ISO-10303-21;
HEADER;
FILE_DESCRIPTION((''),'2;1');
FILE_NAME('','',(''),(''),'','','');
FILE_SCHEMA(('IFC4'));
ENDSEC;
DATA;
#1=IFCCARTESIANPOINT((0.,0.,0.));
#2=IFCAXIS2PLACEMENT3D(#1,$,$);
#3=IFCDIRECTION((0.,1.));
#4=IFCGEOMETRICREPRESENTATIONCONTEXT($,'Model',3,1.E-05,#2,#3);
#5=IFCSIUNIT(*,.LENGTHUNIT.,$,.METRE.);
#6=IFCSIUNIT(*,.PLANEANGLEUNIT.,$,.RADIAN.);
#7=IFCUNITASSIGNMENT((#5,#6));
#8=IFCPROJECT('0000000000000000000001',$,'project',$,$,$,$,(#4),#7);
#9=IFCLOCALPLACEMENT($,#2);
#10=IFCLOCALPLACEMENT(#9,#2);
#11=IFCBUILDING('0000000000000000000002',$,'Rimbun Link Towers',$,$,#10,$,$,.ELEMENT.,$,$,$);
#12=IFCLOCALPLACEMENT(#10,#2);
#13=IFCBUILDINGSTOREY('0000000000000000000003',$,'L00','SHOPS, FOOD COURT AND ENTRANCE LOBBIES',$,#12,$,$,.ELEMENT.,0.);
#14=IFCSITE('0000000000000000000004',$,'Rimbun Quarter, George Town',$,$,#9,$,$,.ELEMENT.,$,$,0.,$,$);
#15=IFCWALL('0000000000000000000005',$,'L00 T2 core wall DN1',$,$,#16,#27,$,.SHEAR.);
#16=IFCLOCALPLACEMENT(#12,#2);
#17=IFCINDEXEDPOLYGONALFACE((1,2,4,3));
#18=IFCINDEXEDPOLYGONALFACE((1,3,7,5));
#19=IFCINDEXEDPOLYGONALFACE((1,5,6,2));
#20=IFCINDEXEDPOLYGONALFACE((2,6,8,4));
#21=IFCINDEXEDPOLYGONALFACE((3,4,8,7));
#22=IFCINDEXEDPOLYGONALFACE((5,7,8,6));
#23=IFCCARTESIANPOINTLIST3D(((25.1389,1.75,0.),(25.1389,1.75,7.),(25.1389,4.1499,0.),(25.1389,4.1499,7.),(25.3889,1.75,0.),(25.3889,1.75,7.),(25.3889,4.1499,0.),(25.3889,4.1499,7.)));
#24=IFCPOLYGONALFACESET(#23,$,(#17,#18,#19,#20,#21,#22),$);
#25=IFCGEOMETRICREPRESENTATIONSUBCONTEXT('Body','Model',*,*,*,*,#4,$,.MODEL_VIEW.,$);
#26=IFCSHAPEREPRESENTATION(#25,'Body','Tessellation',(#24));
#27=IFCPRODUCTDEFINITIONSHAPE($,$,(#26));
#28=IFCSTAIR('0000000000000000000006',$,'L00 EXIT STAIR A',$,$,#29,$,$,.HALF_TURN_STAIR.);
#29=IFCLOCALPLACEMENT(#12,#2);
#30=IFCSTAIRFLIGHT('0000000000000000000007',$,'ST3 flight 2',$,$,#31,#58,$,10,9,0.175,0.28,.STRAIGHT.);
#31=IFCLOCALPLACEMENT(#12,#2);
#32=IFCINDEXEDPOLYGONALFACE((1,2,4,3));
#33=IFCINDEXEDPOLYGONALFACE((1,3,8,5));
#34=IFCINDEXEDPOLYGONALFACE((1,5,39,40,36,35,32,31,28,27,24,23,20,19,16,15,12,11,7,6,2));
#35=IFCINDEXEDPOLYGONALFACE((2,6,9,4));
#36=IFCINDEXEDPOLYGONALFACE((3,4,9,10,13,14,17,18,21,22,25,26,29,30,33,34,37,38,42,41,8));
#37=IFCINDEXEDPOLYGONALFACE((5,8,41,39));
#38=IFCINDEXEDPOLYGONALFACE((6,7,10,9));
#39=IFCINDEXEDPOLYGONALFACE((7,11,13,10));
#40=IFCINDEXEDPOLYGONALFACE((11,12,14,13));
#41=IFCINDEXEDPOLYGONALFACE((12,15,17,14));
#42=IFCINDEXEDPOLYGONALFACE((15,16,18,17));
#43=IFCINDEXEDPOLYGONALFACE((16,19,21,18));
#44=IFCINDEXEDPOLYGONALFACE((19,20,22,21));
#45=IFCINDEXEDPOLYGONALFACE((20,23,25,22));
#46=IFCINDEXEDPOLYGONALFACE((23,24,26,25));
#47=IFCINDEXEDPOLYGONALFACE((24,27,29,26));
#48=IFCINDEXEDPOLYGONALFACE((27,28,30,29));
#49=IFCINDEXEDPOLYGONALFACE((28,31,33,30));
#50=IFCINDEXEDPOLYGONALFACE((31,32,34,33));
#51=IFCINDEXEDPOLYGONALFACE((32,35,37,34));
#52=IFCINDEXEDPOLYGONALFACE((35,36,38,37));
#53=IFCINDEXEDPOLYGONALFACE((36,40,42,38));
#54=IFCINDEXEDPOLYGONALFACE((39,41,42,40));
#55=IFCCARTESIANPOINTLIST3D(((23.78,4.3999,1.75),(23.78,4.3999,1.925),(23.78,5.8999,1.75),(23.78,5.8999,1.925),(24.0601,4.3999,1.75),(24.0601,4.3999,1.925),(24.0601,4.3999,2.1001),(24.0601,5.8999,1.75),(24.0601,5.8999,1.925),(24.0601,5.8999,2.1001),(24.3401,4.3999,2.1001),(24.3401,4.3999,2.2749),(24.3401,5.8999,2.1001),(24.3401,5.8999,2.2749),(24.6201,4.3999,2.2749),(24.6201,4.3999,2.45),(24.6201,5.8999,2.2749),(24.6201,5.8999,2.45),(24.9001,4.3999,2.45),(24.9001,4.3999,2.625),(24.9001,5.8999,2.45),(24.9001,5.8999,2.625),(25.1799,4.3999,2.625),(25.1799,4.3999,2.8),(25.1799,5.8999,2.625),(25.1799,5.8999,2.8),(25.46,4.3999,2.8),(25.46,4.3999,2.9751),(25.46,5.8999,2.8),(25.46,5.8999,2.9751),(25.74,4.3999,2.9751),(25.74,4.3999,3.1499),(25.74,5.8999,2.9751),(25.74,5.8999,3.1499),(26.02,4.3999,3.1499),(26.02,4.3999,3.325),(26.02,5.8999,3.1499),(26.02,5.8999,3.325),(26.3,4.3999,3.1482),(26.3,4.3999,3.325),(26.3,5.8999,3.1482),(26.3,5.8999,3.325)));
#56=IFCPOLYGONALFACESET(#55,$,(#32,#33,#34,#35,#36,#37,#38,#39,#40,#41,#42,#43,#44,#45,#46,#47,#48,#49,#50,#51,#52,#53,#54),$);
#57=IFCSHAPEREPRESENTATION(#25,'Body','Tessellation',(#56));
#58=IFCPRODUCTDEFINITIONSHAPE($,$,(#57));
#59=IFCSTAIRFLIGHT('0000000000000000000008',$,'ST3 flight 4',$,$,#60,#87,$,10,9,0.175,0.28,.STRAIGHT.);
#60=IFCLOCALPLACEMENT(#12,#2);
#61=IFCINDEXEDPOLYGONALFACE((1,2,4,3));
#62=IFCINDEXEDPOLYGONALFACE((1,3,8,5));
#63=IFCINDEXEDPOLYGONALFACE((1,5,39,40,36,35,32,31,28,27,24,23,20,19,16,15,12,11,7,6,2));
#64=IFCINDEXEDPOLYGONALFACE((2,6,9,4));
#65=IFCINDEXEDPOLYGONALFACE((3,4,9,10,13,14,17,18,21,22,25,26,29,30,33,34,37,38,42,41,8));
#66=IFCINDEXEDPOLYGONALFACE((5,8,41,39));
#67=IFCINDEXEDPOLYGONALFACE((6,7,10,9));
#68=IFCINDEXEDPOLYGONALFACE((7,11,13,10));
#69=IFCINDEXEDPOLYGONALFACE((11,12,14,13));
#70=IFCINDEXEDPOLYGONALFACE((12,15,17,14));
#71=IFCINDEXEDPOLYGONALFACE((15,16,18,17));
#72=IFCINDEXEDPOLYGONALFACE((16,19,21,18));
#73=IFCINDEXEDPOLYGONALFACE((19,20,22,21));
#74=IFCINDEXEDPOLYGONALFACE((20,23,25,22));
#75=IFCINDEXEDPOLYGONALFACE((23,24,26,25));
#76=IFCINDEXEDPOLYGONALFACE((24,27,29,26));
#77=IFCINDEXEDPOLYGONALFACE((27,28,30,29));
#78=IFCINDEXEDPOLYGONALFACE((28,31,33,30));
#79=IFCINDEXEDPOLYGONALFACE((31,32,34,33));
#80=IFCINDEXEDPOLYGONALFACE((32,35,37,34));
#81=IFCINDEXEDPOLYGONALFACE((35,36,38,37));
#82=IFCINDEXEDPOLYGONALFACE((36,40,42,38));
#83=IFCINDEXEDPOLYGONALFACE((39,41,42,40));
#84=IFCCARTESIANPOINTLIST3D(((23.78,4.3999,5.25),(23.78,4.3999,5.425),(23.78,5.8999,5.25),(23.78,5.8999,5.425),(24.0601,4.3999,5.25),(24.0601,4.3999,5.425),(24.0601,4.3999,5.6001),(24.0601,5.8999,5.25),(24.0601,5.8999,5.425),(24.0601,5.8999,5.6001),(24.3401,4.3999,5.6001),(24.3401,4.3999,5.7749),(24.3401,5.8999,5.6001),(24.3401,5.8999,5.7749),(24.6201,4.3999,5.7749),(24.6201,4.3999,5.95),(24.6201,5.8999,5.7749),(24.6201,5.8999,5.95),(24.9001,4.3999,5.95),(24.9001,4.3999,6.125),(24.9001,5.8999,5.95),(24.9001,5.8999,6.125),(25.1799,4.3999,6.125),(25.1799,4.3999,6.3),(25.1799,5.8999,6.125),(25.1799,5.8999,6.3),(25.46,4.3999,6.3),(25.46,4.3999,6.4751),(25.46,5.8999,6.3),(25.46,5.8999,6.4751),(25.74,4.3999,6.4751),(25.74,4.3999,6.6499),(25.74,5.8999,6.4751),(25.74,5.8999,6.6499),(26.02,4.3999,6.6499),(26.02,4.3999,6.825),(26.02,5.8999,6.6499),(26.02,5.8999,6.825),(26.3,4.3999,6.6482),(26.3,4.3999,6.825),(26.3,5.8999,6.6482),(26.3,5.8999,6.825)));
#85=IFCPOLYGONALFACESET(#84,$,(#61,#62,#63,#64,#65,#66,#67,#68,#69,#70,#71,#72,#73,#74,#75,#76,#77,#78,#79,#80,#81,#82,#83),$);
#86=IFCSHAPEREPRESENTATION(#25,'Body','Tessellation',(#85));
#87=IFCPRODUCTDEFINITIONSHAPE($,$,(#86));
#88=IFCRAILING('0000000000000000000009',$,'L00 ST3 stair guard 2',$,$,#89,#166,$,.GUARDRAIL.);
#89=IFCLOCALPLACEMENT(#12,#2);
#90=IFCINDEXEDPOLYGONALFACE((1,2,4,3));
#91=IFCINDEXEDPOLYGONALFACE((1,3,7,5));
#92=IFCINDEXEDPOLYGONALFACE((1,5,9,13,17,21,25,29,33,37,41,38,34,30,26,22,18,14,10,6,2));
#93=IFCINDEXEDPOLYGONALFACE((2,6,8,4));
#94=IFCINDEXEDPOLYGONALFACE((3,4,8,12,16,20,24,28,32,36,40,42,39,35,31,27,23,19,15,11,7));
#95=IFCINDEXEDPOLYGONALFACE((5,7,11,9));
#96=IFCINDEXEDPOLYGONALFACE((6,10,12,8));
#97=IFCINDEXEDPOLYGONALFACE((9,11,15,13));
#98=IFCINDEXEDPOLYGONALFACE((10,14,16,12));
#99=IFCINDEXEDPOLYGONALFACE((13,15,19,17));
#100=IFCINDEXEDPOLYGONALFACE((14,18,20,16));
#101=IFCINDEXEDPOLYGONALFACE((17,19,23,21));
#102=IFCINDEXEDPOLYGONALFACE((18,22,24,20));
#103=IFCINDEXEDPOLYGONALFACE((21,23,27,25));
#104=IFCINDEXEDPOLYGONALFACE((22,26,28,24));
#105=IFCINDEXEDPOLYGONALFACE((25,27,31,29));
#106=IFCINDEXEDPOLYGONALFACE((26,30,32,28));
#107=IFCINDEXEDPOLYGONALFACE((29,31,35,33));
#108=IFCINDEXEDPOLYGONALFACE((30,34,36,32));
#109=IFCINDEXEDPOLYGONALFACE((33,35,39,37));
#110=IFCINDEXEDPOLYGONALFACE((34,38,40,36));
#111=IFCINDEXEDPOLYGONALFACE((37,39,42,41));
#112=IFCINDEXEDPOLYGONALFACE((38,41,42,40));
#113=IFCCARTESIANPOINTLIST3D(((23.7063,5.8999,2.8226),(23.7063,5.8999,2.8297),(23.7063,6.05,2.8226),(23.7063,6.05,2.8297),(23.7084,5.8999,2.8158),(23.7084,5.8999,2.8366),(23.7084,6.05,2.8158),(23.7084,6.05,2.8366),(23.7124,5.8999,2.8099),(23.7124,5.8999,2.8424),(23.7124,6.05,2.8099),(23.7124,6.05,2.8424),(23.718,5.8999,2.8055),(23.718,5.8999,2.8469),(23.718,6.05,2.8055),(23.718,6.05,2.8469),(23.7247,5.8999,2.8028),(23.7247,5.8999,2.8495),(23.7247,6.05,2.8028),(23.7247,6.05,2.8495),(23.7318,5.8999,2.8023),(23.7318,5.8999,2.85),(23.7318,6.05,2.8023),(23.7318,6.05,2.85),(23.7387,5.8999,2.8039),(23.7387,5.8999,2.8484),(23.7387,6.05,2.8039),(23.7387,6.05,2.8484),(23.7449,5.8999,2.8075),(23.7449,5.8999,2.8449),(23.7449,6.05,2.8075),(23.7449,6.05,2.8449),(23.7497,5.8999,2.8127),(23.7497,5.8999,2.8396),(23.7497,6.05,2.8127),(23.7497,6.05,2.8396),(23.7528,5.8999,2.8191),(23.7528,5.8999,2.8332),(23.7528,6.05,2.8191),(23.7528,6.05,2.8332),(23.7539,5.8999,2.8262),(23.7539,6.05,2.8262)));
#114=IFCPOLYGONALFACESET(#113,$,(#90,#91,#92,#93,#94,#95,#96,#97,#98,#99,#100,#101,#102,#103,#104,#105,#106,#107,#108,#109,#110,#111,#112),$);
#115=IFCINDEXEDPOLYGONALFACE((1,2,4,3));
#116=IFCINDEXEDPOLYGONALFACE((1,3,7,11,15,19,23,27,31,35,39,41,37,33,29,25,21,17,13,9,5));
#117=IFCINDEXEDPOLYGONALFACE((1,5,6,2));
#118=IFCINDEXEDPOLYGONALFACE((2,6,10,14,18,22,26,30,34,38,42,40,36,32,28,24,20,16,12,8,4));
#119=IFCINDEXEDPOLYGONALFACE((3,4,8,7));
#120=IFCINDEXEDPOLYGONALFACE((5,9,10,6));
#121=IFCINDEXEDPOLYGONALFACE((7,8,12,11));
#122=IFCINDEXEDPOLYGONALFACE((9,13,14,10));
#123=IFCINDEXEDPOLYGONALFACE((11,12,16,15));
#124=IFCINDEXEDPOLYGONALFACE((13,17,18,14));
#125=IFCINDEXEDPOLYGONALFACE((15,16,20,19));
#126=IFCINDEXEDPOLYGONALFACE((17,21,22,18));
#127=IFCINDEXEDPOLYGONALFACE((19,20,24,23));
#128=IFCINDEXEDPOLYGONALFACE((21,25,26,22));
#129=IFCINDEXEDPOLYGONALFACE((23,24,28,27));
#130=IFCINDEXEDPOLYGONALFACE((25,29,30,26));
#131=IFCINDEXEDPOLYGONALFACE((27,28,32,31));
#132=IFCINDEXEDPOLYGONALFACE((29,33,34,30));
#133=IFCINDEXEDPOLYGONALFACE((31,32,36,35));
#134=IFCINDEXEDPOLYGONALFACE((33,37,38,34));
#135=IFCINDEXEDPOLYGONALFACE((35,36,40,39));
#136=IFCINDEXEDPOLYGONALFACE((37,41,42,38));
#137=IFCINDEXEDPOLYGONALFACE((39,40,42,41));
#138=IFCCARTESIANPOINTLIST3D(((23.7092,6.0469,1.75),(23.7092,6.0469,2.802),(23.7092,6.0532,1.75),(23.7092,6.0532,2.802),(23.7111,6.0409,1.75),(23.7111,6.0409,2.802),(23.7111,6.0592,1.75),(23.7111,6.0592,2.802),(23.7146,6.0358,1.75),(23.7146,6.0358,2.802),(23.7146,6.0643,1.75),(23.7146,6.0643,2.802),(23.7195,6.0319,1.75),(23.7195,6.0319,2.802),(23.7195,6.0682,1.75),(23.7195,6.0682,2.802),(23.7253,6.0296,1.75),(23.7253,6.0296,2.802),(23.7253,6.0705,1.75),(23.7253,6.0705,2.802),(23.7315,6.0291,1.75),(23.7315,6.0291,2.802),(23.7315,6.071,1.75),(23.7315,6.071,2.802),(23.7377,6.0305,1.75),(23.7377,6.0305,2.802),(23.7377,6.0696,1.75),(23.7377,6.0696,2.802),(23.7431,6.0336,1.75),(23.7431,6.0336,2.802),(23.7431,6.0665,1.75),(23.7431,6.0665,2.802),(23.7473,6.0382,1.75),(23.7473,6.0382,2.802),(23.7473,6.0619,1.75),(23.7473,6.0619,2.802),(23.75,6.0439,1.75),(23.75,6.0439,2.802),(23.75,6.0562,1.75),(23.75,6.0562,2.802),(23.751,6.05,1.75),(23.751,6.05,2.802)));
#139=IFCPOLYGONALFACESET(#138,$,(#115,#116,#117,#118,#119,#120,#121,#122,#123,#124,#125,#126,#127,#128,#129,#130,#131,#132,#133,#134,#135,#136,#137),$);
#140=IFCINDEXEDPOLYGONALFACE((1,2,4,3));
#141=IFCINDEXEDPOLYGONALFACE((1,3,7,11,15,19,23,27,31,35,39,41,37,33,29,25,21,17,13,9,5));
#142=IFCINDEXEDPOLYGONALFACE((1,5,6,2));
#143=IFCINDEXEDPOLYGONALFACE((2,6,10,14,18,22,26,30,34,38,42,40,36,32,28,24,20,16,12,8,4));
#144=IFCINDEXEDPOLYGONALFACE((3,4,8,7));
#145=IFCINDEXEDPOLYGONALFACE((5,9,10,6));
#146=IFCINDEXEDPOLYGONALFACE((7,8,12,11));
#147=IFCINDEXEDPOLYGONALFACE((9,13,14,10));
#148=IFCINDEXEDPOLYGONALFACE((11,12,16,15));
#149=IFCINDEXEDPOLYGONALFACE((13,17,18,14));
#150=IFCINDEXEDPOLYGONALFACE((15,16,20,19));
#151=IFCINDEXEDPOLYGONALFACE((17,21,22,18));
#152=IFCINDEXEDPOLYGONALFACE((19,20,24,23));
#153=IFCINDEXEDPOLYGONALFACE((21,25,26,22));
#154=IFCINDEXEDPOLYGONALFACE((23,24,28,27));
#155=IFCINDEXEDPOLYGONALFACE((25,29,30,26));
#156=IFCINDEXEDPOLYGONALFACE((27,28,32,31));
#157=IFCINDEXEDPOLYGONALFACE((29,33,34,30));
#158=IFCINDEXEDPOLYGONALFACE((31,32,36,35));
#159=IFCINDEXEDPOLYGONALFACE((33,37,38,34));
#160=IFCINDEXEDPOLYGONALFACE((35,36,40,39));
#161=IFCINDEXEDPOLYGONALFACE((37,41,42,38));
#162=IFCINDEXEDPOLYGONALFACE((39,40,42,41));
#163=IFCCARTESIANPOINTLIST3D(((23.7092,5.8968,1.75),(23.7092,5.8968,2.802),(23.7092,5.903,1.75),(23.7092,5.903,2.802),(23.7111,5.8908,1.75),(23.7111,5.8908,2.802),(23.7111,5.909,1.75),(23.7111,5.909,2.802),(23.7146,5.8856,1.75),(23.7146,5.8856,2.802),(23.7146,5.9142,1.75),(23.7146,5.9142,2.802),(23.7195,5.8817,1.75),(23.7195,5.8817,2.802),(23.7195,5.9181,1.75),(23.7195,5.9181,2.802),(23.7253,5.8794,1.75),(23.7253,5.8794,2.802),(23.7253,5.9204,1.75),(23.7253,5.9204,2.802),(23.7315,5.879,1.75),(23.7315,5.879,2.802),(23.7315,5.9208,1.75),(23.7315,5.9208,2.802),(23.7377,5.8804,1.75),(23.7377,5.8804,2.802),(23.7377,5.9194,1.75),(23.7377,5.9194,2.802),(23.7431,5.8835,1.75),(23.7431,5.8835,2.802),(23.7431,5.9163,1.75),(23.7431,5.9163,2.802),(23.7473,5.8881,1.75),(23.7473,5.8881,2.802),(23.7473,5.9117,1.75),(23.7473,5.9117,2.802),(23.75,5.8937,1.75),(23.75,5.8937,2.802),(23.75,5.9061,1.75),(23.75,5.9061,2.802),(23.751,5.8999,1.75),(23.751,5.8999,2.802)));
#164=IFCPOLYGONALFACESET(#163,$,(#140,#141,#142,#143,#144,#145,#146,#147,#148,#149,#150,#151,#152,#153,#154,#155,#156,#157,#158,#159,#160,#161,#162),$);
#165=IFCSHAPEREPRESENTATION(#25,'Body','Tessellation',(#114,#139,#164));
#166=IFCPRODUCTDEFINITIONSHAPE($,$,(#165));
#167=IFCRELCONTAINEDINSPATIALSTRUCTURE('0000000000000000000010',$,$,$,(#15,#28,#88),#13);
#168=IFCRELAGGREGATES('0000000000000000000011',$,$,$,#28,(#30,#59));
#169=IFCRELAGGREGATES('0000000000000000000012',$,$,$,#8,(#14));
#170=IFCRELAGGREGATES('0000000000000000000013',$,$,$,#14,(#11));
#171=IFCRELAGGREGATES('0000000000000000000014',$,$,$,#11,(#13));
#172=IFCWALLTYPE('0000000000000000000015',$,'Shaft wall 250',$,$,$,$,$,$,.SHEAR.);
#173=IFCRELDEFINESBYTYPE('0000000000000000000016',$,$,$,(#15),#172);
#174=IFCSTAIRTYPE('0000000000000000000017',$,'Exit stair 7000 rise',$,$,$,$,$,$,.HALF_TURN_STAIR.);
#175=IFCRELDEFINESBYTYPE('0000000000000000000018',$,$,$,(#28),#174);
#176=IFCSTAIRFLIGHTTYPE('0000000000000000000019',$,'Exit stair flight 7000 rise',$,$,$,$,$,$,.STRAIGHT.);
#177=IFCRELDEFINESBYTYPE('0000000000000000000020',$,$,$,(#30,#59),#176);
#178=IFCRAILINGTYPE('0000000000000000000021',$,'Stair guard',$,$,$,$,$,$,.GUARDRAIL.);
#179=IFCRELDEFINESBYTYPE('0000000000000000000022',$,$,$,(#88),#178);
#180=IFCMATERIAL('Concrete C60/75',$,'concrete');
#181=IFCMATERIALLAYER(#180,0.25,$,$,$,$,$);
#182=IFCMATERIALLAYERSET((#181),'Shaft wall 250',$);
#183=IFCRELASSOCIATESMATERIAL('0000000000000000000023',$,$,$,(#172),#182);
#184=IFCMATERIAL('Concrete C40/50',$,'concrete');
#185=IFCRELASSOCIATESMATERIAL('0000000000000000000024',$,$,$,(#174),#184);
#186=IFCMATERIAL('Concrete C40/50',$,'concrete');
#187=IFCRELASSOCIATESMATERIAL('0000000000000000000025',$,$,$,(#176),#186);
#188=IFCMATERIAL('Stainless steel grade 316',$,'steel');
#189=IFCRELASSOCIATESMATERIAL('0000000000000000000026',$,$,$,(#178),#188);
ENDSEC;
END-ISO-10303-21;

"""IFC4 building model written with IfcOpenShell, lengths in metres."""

from ifc_helpers import new_model, si_unit, direction, frame, frame_2d, origin, origin_2d, place, context, subcontext, project, spatial, polyline, rectangle, circle, outline, extrude, material, layer, layer_set, type_object, element, aggregate, save


model = new_model("IFC4")

# Units and contexts
model_context = context("Model", 3, precision=1e-05, world=origin(), true_north=direction((0.0, 1.0)))
body_context = subcontext(model_context, "Body", "Model", "MODEL_VIEW")
ifc_project = project(units=[si_unit("LENGTHUNIT", "METRE"), si_unit("PLANEANGLEUNIT", "RADIAN")], contexts=[model_context])

# Site, building, storey
site_placement = place(None, origin())
site = spatial("IfcSite", under=ifc_project, at=site_placement, Name="Rimbun Quarter, George Town", CompositionType="ELEMENT", RefElevation=0.0)
building_placement = place(site_placement, origin())
building = spatial("IfcBuilding", under=site, at=building_placement, Name="Rimbun Link Towers", CompositionType="ELEMENT")
storey_placement = place(building_placement, origin())
storey = spatial("IfcBuildingStorey", under=building, at=storey_placement, Name="L00", Description="SHOPS, FOOD COURT AND ENTRANCE LOBBIES", CompositionType="ELEMENT", Elevation=0.0)

# Wall
ifc_material_1 = material(Name="Concrete C60/75", Category="concrete")
ifc_layer = layer(ifc_material_1, 0.25)
ifc_layer_set = layer_set([ifc_layer], Name="Shaft wall 250")
wall_type = type_object("IfcWallType", Name="Shaft wall 250", PredefinedType="SHEAR", material=ifc_layer_set)
wall_placement = place(storey_placement, frame((25.2639, 1.75, 0.0), z_axis=(0.0, 0.0, 1.0), x_axis=(0.0, 1.0, 0.0)))
element("IfcWall", 1, at=wall_placement, inside=storey, type_object=wall_type, Name="L00 T2 core wall DN1", PredefinedType="SHEAR", context=body_context, shape_type="SweptSolid", body=[
    extrude(rectangle(XDim=2.3999, YDim=0.25, at=frame_2d((1.2, 0.0))), origin(), (0.0, 0.0, 1.0), 7.0),
])

# Stair, stair flights
ifc_material_2 = material(Name="Concrete C40/50", Category="concrete")
stair_type = type_object("IfcStairType", Name="Exit stair 7000 rise", PredefinedType="HALF_TURN_STAIR", material=ifc_material_2)
stair_placement = place(storey_placement, origin())
stair = element("IfcStair", 2, at=stair_placement, inside=storey, type_object=stair_type, Name="L00 EXIT STAIR A", PredefinedType="HALF_TURN_STAIR")
ifc_material_3 = material(Name="Concrete C40/50", Category="concrete")
stair_flight_type = type_object("IfcStairFlightType", Name="Exit stair flight 7000 rise", PredefinedType="STRAIGHT", material=ifc_material_3)
stair_flight_1_placement = place(storey_placement, frame((23.78, 5.1499, 1.75), z_axis=(0.0, 0.0, 1.0), x_axis=(1.0, 0.0, 0.0)))
stair_flight_1 = element("IfcStairFlight", 3, at=stair_flight_1_placement, type_object=stair_flight_type, Name="ST3 flight 2", NumberOfRisers=10, NumberOfTreads=9, PredefinedType="STRAIGHT", RiserHeight=0.175, TreadLength=0.28, context=body_context, shape_type="SweptSolid", body=[
    extrude(outline(polyline([(0.0, 0.0), (0.0, 0.175), (0.28, 0.175), (0.28, 0.3501), (0.5601, 0.3501), (0.5601, 0.5249), (0.8401, 0.5249), (0.8401, 0.7), (1.1201, 0.7), (1.1201, 0.875), (1.3999, 0.875), (1.3999, 1.05), (1.6799, 1.05), (1.6799, 1.2251), (1.96, 1.2251), (1.96, 1.3999), (2.24, 1.3999), (2.24, 1.575), (2.52, 1.575), (2.52, 1.75), (2.52, 1.3982), (0.28, 0.0), (0.0, 0.0)])), frame((0.0, 0.75, 0.0), z_axis=(0.0, -1.0, 0.0), x_axis=(1.0, 0.0, 0.0)), (0.0, 0.0, 1.0), 1.5),
])
stair_flight_2_placement = place(storey_placement, frame((23.78, 5.1499, 5.25), z_axis=(0.0, 0.0, 1.0), x_axis=(1.0, 0.0, 0.0)))
stair_flight_2 = element("IfcStairFlight", 4, at=stair_flight_2_placement, type_object=stair_flight_type, Name="ST3 flight 4", NumberOfRisers=10, NumberOfTreads=9, PredefinedType="STRAIGHT", RiserHeight=0.175, TreadLength=0.28, context=body_context, shape_type="SweptSolid", body=[
    extrude(outline(polyline([(0.0, 0.0), (0.0, 0.175), (0.28, 0.175), (0.28, 0.3501), (0.5601, 0.3501), (0.5601, 0.5249), (0.8401, 0.5249), (0.8401, 0.7), (1.1201, 0.7), (1.1201, 0.875), (1.3999, 0.875), (1.3999, 1.05), (1.6799, 1.05), (1.6799, 1.2251), (1.96, 1.2251), (1.96, 1.3999), (2.24, 1.3999), (2.24, 1.575), (2.52, 1.575), (2.52, 1.75), (2.52, 1.3982), (0.28, 0.0), (0.0, 0.0)])), frame((0.0, 0.75, 0.0), z_axis=(0.0, -1.0, 0.0), x_axis=(1.0, 0.0, 0.0)), (0.0, 0.0, 1.0), 1.5),
])
aggregate(stair, [stair_flight_1, stair_flight_2])

# Railing
ifc_material_4 = material(Name="Stainless steel grade 316", Category="steel")
railing_type_1 = type_object("IfcRailingType", Name="Stair guard", PredefinedType="GUARDRAIL", material=ifc_material_4)
railing_1_placement = place(storey_placement, frame((23.73, 6.05, 1.75)))
element("IfcRailing", 5, at=railing_1_placement, inside=storey, type_object=railing_type_1, Name="L00 ST3 stair guard 2", PredefinedType="GUARDRAIL", context=body_context, shape_type="SweptSolid", body=[
    extrude(circle(Radius=0.0239, at=origin_2d()), frame((0.0, 0.0, 1.0762), z_axis=(0.0, -1.0, 0.0), x_axis=(1.0, 0.0, 0.0)), (0.0, 0.0, 1.0), 0.1501),
    extrude(circle(Radius=0.021, at=origin_2d()), origin(), (0.0, 0.0, 1.0), 1.052),
    extrude(circle(Radius=0.021, at=origin_2d()), frame((0.0, -0.1501, 0.0)), (0.0, 0.0, 1.0), 1.052),
])

save(model, "model.ifc")
